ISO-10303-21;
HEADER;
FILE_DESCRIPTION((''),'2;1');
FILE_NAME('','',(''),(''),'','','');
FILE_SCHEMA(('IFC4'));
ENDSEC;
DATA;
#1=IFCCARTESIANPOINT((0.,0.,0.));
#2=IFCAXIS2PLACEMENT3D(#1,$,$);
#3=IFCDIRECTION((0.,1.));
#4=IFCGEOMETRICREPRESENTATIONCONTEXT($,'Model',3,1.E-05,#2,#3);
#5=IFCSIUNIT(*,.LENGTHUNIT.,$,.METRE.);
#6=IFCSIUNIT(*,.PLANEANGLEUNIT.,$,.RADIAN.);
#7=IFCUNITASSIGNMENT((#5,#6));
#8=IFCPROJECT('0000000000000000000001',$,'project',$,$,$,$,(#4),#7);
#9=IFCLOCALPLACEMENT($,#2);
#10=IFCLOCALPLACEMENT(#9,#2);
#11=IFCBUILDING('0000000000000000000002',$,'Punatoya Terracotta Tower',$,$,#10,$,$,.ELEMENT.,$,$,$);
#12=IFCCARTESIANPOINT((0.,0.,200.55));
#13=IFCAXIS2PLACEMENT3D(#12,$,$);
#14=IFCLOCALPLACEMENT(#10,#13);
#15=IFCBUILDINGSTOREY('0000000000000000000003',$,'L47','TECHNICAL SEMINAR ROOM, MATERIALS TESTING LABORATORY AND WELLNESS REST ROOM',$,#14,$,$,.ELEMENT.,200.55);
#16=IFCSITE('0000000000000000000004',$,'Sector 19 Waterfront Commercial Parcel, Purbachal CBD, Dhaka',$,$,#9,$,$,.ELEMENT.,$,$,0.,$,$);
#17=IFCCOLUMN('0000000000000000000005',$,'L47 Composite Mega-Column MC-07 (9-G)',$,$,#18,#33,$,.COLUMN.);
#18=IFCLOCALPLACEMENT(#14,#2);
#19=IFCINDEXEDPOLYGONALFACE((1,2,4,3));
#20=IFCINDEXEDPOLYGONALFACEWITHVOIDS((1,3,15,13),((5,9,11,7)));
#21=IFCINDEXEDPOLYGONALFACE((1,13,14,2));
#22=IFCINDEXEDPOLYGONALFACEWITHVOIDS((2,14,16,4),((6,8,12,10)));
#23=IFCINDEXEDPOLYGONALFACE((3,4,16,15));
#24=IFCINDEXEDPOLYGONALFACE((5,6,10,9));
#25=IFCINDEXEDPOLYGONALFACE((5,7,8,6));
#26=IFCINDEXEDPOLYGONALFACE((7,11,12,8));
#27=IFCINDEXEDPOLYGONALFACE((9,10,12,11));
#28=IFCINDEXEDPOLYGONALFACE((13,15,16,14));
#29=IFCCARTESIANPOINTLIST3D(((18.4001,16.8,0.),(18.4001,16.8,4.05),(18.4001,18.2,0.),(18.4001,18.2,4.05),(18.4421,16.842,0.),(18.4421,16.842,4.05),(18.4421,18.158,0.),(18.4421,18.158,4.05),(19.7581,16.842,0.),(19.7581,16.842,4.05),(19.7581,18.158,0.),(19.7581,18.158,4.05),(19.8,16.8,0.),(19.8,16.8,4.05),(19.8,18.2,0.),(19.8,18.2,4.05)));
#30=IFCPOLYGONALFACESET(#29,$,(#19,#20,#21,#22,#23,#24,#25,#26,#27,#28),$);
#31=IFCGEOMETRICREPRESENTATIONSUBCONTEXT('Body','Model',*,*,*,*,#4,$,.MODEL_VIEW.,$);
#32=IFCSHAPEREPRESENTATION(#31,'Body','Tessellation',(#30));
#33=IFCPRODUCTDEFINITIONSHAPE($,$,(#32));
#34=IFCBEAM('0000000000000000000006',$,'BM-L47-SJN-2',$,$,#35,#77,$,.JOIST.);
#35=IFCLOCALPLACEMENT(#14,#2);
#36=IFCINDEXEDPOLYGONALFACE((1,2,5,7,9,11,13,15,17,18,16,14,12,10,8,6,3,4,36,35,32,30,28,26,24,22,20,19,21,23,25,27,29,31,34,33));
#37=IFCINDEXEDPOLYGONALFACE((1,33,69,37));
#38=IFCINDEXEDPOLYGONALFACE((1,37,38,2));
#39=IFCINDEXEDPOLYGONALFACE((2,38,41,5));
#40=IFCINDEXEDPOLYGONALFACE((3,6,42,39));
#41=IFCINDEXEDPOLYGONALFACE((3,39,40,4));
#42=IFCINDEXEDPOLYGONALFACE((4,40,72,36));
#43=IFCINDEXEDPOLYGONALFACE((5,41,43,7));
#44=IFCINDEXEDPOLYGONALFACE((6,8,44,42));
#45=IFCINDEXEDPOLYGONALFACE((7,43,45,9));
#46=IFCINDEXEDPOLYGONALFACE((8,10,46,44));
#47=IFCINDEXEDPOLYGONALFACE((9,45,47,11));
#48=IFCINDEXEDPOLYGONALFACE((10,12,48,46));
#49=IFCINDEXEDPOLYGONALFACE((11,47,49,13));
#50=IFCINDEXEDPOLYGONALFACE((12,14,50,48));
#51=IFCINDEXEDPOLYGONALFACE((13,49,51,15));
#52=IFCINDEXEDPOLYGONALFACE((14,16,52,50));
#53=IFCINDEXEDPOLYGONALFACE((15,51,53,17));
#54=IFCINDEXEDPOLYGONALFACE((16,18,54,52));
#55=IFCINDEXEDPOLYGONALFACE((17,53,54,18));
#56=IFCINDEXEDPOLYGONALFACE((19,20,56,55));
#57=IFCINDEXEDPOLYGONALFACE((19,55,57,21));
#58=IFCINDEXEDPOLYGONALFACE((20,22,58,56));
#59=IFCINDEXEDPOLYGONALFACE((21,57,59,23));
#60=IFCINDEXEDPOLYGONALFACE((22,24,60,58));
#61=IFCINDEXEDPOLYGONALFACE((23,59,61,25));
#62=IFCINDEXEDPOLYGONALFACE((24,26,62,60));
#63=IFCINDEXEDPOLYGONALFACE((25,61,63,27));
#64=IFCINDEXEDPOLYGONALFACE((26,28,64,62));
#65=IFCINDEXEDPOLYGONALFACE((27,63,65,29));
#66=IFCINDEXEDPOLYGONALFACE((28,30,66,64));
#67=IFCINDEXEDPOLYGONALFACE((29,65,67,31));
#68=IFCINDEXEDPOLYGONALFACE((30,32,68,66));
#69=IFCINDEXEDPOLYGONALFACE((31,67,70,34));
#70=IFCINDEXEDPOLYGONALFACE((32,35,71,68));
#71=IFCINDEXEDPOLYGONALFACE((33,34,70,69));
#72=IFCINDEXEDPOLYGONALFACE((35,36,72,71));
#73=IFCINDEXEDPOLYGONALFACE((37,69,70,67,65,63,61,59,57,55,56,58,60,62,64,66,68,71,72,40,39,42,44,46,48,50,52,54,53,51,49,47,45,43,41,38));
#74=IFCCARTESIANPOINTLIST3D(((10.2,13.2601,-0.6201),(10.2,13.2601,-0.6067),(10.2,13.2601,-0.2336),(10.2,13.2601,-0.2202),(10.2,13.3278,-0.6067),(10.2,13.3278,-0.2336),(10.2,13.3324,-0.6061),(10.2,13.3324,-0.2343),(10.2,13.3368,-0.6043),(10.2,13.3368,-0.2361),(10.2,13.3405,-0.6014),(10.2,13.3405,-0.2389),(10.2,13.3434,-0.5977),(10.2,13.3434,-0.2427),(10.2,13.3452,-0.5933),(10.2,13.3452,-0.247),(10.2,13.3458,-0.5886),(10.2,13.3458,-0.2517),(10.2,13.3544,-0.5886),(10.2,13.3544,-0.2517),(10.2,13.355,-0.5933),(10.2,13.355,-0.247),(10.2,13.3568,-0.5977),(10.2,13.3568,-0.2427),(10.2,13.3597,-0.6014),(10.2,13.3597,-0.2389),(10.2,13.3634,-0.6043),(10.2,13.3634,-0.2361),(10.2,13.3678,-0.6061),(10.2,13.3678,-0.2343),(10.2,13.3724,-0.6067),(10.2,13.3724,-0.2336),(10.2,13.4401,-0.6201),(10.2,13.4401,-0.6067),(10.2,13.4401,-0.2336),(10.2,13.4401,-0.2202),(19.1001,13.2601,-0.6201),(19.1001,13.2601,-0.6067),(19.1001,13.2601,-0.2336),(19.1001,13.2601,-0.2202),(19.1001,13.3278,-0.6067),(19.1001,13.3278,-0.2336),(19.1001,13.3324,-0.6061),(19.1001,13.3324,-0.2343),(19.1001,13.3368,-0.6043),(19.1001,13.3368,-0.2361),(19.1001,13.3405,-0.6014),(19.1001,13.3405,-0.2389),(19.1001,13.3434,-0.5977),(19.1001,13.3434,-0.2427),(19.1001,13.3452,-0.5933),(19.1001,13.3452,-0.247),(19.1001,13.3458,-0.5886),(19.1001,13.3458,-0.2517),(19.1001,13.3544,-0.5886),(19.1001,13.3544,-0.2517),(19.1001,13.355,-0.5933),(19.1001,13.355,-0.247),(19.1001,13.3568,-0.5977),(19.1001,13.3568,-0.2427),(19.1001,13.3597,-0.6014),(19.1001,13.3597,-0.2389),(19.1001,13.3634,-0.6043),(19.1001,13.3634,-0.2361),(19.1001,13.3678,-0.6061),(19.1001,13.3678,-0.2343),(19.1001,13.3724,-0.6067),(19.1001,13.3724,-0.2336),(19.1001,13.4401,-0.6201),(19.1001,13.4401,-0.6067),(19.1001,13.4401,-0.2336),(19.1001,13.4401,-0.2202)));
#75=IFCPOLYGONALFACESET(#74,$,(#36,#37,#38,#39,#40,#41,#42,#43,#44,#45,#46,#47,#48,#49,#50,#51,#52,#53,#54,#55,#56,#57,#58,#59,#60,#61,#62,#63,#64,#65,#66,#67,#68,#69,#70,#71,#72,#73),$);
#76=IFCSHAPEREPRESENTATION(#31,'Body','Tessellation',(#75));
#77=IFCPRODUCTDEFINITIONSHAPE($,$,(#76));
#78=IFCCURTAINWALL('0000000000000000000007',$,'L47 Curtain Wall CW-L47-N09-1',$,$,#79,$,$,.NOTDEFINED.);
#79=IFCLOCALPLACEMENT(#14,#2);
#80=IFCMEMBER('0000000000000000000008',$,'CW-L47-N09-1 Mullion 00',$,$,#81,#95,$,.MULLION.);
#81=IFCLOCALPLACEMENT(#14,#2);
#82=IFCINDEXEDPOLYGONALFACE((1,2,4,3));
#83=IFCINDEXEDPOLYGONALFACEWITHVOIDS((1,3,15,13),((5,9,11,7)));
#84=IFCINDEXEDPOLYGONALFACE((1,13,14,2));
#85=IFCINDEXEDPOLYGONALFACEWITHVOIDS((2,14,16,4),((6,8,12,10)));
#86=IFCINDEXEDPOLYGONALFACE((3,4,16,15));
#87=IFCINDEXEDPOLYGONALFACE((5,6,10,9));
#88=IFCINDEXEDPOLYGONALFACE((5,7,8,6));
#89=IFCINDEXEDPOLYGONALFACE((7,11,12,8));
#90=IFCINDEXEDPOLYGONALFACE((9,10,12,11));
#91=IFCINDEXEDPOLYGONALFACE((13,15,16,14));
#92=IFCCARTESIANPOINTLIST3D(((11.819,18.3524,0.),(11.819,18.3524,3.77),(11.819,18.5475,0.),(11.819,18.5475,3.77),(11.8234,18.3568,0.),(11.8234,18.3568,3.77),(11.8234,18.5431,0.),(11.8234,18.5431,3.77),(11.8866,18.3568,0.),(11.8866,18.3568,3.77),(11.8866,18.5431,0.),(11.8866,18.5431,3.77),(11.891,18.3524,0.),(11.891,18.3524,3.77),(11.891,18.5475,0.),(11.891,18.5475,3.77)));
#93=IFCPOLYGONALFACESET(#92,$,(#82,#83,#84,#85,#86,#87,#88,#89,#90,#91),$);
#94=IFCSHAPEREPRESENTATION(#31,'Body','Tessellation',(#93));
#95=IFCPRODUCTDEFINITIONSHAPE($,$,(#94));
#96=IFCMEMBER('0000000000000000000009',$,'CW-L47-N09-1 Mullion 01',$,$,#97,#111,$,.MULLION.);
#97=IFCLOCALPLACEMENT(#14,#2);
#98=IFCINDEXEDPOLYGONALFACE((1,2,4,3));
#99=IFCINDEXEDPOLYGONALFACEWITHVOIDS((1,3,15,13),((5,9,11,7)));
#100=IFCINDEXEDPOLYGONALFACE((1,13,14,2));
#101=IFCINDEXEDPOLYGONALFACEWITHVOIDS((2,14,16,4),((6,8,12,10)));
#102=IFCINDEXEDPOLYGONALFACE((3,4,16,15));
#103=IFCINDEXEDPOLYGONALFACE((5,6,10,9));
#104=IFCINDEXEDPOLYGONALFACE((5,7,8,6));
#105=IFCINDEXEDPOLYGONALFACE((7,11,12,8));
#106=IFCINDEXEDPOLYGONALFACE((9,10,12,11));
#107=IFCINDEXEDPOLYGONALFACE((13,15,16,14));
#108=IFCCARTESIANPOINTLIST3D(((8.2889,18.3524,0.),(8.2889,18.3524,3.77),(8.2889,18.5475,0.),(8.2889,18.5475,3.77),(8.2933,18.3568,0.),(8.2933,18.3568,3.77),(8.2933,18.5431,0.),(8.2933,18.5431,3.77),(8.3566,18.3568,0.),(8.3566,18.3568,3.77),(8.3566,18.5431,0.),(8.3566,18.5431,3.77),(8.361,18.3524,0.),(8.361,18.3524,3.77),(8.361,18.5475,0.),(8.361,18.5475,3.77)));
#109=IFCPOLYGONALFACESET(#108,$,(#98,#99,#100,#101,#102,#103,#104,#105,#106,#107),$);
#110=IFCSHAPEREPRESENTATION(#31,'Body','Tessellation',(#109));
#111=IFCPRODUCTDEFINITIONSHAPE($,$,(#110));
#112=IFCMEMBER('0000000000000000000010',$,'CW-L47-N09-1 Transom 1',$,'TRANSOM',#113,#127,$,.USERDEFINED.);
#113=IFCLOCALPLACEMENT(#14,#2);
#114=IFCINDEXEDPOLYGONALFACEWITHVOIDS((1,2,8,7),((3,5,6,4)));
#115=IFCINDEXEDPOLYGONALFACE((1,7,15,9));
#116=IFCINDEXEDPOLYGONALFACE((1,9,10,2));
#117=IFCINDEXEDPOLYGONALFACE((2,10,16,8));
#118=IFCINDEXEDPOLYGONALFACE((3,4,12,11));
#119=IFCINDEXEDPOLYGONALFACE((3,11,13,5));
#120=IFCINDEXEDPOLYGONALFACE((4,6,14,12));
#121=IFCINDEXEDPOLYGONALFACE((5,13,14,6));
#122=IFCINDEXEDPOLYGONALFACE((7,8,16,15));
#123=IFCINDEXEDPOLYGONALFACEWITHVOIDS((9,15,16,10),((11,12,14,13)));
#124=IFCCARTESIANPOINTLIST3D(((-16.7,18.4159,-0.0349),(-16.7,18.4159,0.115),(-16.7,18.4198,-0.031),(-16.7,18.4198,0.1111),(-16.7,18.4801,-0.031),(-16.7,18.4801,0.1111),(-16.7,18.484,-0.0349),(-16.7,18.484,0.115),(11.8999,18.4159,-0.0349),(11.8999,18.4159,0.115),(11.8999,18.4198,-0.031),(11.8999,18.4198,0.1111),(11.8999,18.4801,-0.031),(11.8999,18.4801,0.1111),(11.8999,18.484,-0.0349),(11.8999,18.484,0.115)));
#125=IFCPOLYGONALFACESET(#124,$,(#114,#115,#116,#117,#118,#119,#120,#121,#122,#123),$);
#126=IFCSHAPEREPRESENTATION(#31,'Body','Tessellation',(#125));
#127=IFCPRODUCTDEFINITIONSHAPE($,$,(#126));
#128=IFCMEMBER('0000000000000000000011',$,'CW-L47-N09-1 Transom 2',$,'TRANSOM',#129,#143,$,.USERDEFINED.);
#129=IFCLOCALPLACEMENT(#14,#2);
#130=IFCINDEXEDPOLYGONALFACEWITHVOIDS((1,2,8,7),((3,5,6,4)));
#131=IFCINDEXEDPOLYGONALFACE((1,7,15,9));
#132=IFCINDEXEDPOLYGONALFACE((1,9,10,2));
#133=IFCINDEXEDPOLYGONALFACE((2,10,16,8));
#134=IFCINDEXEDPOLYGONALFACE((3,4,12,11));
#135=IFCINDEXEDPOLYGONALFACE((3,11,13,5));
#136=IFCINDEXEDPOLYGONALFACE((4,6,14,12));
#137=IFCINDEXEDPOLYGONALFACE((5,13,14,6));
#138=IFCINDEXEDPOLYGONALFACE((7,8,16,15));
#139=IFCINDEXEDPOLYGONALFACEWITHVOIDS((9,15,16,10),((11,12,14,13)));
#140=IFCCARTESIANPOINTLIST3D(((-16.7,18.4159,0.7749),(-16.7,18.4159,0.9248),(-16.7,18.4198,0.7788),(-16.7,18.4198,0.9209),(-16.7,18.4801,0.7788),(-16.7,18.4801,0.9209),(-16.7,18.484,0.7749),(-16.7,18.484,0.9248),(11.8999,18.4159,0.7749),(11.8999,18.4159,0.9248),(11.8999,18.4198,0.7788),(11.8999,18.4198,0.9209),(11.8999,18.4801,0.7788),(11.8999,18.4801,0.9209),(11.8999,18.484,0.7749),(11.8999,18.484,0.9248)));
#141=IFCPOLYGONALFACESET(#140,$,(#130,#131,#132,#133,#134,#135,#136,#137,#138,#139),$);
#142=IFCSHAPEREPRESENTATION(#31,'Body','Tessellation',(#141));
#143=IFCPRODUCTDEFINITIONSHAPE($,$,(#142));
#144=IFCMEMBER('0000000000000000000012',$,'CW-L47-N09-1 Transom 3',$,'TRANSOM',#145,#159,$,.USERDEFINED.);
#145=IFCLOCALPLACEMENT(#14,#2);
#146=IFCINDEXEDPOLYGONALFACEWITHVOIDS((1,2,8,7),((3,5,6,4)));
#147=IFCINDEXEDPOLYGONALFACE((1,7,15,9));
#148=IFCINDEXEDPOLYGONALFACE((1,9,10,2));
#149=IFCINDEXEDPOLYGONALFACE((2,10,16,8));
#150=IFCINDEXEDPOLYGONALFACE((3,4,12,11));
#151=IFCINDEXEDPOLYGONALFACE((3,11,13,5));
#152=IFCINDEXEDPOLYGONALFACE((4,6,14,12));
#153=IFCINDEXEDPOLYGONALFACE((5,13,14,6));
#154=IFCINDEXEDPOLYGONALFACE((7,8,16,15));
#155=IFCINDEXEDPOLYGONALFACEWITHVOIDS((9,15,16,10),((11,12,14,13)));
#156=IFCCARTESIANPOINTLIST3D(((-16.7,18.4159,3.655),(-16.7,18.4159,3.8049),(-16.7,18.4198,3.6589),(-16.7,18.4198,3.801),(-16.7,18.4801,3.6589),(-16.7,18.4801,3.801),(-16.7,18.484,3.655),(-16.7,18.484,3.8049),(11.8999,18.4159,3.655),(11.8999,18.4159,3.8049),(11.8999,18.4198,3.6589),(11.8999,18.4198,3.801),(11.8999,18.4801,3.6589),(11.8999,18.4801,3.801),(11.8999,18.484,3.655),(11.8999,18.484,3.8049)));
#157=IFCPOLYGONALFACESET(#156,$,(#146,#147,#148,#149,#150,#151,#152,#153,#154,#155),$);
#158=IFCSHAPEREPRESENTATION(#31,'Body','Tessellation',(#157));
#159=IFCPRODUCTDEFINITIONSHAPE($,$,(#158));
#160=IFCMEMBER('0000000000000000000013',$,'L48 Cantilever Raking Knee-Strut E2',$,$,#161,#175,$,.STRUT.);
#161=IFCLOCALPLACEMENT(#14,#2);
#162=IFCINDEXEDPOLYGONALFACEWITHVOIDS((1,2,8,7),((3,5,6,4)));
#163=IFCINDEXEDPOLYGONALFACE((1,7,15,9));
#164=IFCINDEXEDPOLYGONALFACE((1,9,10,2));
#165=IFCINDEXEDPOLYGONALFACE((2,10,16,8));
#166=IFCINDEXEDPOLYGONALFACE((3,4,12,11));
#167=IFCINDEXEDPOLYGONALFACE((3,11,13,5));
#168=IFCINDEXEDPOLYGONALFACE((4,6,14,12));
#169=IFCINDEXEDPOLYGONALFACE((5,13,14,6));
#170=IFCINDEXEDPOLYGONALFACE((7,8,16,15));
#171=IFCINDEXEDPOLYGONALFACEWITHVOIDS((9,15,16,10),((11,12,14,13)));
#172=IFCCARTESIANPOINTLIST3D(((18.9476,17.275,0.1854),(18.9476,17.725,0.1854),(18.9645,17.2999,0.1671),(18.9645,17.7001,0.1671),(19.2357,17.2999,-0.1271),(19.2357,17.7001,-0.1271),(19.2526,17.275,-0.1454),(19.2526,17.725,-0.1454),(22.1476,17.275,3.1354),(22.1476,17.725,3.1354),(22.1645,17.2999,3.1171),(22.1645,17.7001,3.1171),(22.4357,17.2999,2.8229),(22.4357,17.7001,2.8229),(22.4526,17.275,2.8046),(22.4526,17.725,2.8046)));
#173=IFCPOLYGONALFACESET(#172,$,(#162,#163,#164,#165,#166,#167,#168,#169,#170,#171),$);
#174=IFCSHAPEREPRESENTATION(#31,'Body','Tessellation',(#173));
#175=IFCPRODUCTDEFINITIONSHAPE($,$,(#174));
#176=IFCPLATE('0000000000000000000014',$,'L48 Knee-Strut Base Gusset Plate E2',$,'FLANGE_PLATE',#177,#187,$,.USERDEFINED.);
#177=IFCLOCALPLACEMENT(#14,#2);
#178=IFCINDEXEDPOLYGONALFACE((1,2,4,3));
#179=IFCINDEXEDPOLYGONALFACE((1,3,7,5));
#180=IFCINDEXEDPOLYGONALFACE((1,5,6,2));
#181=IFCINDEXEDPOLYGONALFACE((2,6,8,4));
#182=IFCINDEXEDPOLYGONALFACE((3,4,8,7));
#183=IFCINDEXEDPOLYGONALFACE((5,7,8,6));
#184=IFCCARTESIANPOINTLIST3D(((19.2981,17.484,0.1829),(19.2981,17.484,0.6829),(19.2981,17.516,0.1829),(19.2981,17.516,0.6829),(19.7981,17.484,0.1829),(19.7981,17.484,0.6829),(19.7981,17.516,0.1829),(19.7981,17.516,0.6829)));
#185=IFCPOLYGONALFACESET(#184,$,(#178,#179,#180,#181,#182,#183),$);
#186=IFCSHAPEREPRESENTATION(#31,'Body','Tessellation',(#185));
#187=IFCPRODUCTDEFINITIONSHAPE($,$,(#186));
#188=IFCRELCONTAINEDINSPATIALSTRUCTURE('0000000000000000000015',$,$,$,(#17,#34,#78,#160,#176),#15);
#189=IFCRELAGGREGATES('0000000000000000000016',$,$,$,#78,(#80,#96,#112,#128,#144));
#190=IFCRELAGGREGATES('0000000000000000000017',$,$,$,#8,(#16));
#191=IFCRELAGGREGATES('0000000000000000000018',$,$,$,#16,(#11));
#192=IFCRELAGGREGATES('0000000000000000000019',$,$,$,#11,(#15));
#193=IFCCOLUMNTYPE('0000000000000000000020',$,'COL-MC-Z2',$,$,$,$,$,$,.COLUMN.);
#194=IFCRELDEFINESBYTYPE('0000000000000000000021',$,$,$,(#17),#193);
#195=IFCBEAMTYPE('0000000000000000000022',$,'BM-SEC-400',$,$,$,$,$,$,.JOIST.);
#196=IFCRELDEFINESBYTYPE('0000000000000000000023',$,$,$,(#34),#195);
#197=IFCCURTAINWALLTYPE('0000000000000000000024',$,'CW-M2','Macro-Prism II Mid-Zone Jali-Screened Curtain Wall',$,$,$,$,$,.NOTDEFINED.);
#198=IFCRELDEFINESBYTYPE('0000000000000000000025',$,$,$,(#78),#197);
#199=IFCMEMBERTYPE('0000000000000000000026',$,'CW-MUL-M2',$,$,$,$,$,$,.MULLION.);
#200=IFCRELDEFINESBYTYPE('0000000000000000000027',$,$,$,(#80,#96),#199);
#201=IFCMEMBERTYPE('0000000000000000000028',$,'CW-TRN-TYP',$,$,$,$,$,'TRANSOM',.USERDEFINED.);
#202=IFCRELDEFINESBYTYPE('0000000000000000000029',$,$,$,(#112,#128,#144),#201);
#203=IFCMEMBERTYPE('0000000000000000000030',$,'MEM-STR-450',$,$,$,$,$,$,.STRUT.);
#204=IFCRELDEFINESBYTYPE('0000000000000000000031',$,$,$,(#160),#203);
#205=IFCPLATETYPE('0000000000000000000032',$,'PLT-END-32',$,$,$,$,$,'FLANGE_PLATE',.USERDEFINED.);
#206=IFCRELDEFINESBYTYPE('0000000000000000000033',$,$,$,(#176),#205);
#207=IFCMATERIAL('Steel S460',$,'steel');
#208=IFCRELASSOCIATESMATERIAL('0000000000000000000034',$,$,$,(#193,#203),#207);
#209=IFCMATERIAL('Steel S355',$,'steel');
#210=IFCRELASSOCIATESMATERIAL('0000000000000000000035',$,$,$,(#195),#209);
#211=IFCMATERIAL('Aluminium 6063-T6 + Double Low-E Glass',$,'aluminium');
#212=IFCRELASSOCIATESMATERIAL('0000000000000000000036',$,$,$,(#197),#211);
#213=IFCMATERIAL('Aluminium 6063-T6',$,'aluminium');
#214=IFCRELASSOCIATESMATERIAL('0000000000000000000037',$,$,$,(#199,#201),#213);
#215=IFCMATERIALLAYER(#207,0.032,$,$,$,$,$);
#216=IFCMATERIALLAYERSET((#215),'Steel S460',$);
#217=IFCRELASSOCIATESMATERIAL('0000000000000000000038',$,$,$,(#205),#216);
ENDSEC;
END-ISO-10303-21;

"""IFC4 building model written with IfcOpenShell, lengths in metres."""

from ifc_helpers import new_model, si_unit, direction, frame, origin, origin_2d, place, context, subcontext, project, spatial, rectangle, hollow_rectangle, i_section, extrude, material, layer, layer_set, material_profile, profile_set, type_object, element, aggregate, save


model = new_model("IFC4")

# Units and contexts
model_context = context("Model", 3, precision=1e-05, world=origin(), true_north=direction((0.0, 1.0)))
body_context = subcontext(model_context, "Body", "Model", "MODEL_VIEW")
ifc_project = project(units=[si_unit("LENGTHUNIT", "METRE"), si_unit("PLANEANGLEUNIT", "RADIAN")], contexts=[model_context])

# Site, building, storey
site_placement = place(None, origin())
site = spatial("IfcSite", under=ifc_project, at=site_placement, Name="Sector 19 Waterfront Commercial Parcel, Purbachal CBD, Dhaka", CompositionType="ELEMENT", RefElevation=0.0)
building_placement = place(site_placement, origin())
building = spatial("IfcBuilding", under=site, at=building_placement, Name="Punatoya Terracotta Tower", CompositionType="ELEMENT")
storey_placement = place(building_placement, frame((0.0, 0.0, 200.55)))
storey = spatial("IfcBuildingStorey", under=building, at=storey_placement, Name="L47", Description="TECHNICAL SEMINAR ROOM, MATERIALS TESTING LABORATORY AND WELLNESS REST ROOM", CompositionType="ELEMENT", Elevation=200.55)

# Column
ifc_material_1 = material(Name="Steel S460", Category="steel")
ifc_material_profile_1 = material_profile(ifc_material_1, hollow_rectangle(XDim=1.3999, YDim=1.3999, WallThickness=0.042, at=origin_2d()))
ifc_profile_set_1 = profile_set([ifc_material_profile_1], Name="Steel S460")
column_type = type_object("IfcColumnType", Name="COL-MC-Z2", PredefinedType="COLUMN", material=ifc_profile_set_1)
column_placement = place(storey_placement, frame((19.1001, 17.5, 0.0), z_axis=(0.0, 0.0, 1.0), x_axis=(1.0, 0.0, 0.0)))
element("IfcColumn", 1, at=column_placement, inside=storey, type_object=column_type, Name="L47 Composite Mega-Column MC-07 (9-G)", PredefinedType="COLUMN", context=body_context, shape_type="SweptSolid", body=[
    extrude(hollow_rectangle(XDim=1.3999, YDim=1.3999, WallThickness=0.042, at=origin_2d()), origin(), (0.0, 0.0, 1.0), 4.05),
])

# Beam
ifc_material_2 = material(Name="Steel S355", Category="steel")
ifc_material_profile_2 = material_profile(ifc_material_2, i_section(OverallWidth=0.1799, OverallDepth=0.3999, WebThickness=0.0085, FlangeThickness=0.0134, FilletRadius=0.0181, at=origin_2d()))
ifc_profile_set_2 = profile_set([ifc_material_profile_2], Name="Steel S355")
beam_type = type_object("IfcBeamType", Name="BM-SEC-400", PredefinedType="JOIST", material=ifc_profile_set_2)
beam_placement = place(storey_placement, frame((10.2, 13.3501, -0.4202), z_axis=(1.0, 0.0, 0.0), x_axis=(0.0, 1.0, 0.0)))
element("IfcBeam", 2, at=beam_placement, inside=storey, type_object=beam_type, Name="BM-L47-SJN-2", PredefinedType="JOIST", context=body_context, shape_type="SweptSolid", body=[
    extrude(i_section(OverallWidth=0.1799, OverallDepth=0.3999, WebThickness=0.0085, FlangeThickness=0.0134, FilletRadius=0.0181, at=origin_2d()), origin(), (0.0, 0.0, 1.0), 8.9001),
])

# Curtain wall, members
ifc_material_3 = material(Name="Aluminium 6063-T6 + Double Low-E Glass", Category="aluminium")
curtain_wall_type = type_object("IfcCurtainWallType", Name="CW-M2", Description="Macro-Prism II Mid-Zone Jali-Screened Curtain Wall", PredefinedType="NOTDEFINED", material=ifc_material_3)
curtain_wall_placement = place(storey_placement, origin())
curtain_wall = element("IfcCurtainWall", 3, at=curtain_wall_placement, inside=storey, type_object=curtain_wall_type, Name="L47 Curtain Wall CW-L47-N09-1", PredefinedType="NOTDEFINED")
ifc_material_4 = material(Name="Aluminium 6063-T6", Category="aluminium")
ifc_material_profile_3 = material_profile(ifc_material_4, hollow_rectangle(XDim=0.072, YDim=0.1951, WallThickness=0.0044, at=origin_2d()))
ifc_profile_set_3 = profile_set([ifc_material_profile_3], Name="Aluminium 6063-T6")
member_type_1 = type_object("IfcMemberType", Name="CW-MUL-M2", PredefinedType="MULLION", material=ifc_profile_set_3)
member_1_placement = place(storey_placement, frame((11.855, 18.45, 0.0), z_axis=(0.0, 0.0, 1.0), x_axis=(1.0, 0.0, 0.0)))
member_1 = element("IfcMember", 4, at=member_1_placement, type_object=member_type_1, Name="CW-L47-N09-1 Mullion 00", PredefinedType="MULLION", context=body_context, shape_type="SweptSolid", body=[
    extrude(hollow_rectangle(XDim=0.072, YDim=0.1951, WallThickness=0.0044, at=origin_2d()), origin(), (0.0, 0.0, 1.0), 3.77),
])
member_2_placement = place(storey_placement, frame((8.325, 18.45, 0.0), z_axis=(0.0, 0.0, 1.0), x_axis=(1.0, 0.0, 0.0)))
member_2 = element("IfcMember", 5, at=member_2_placement, type_object=member_type_1, Name="CW-L47-N09-1 Mullion 01", PredefinedType="MULLION", context=body_context, shape_type="SweptSolid", body=[
    extrude(hollow_rectangle(XDim=0.072, YDim=0.1951, WallThickness=0.0044, at=origin_2d()), origin(), (0.0, 0.0, 1.0), 3.77),
])
ifc_material_profile_4 = material_profile(ifc_material_4, hollow_rectangle(XDim=0.0681, YDim=0.1499, WallThickness=0.0039, at=origin_2d()))
ifc_profile_set_4 = profile_set([ifc_material_profile_4], Name="Aluminium 6063-T6")
member_type_2 = type_object("IfcMemberType", Name="CW-TRN-TYP", ElementType="TRANSOM", PredefinedType="USERDEFINED", material=ifc_profile_set_4)
member_3_placement = place(storey_placement, frame((11.8999, 18.45, 0.04), z_axis=(-1.0, 0.0, 0.0), x_axis=(0.0, -1.0, 0.0)))
member_3 = element("IfcMember", 6, at=member_3_placement, type_object=member_type_2, Name="CW-L47-N09-1 Transom 1", ObjectType="TRANSOM", PredefinedType="USERDEFINED", context=body_context, shape_type="SweptSolid", body=[
    extrude(hollow_rectangle(XDim=0.0681, YDim=0.1499, WallThickness=0.0039, at=origin_2d()), origin(), (0.0, 0.0, 1.0), 28.5999),
])
member_4_placement = place(storey_placement, frame((11.8999, 18.45, 0.8499), z_axis=(-1.0, 0.0, 0.0), x_axis=(0.0, -1.0, 0.0)))
member_4 = element("IfcMember", 7, at=member_4_placement, type_object=member_type_2, Name="CW-L47-N09-1 Transom 2", ObjectType="TRANSOM", PredefinedType="USERDEFINED", context=body_context, shape_type="SweptSolid", body=[
    extrude(hollow_rectangle(XDim=0.0681, YDim=0.1499, WallThickness=0.0039, at=origin_2d()), origin(), (0.0, 0.0, 1.0), 28.5999),
])
member_5_placement = place(storey_placement, frame((11.8999, 18.45, 3.73), z_axis=(-1.0, 0.0, 0.0), x_axis=(0.0, -1.0, 0.0)))
member_5 = element("IfcMember", 8, at=member_5_placement, type_object=member_type_2, Name="CW-L47-N09-1 Transom 3", ObjectType="TRANSOM", PredefinedType="USERDEFINED", context=body_context, shape_type="SweptSolid", body=[
    extrude(hollow_rectangle(XDim=0.0681, YDim=0.1499, WallThickness=0.0039, at=origin_2d()), origin(), (0.0, 0.0, 1.0), 28.5999),
])

# Member
ifc_material_profile_5 = material_profile(ifc_material_1, hollow_rectangle(XDim=0.45, YDim=0.45, WallThickness=0.0249, at=origin_2d()))
ifc_profile_set_5 = profile_set([ifc_material_profile_5], Name="Steel S460")
member_type_3 = type_object("IfcMemberType", Name="MEM-STR-450", PredefinedType="STRUT", material=ifc_profile_set_5)
member_6_placement = place(storey_placement, frame((19.1001, 17.5, 0.02), z_axis=(0.735244, 0.0, 0.677802), x_axis=(0.0, 1.0, 0.0)))
element("IfcMember", 9, at=member_6_placement, inside=storey, type_object=member_type_3, Name="L48 Cantilever Raking Knee-Strut E2", PredefinedType="STRUT", context=body_context, shape_type="SweptSolid", body=[
    extrude(hollow_rectangle(XDim=0.45, YDim=0.45, WallThickness=0.0249, at=origin_2d()), origin(), (0.0, 0.0, 1.0), 4.3523),
])

# Plate
ifc_layer_1 = layer(ifc_material_1, 0.032)
ifc_layer_set_1 = layer_set([ifc_layer_1], Name="Steel S460")
plate_type_1 = type_object("IfcPlateType", Name="PLT-END-32", ElementType="FLANGE_PLATE", PredefinedType="USERDEFINED", material=ifc_layer_set_1)
plate_1_placement = place(storey_placement, frame((19.5481, 17.5, 0.1829), z_axis=(0.0, 0.0, 1.0), x_axis=(1.0, 0.0, 0.0)))
element("IfcPlate", 10, at=plate_1_placement, inside=storey, type_object=plate_type_1, Name="L48 Knee-Strut Base Gusset Plate E2", ObjectType="FLANGE_PLATE", PredefinedType="USERDEFINED", context=body_context, shape_type="SweptSolid", body=[
    extrude(rectangle(XDim=0.5, YDim=0.032, at=origin_2d()), origin(), (0.0, 0.0, 1.0), 0.5),
])
aggregate(curtain_wall, [member_1, member_2, member_3, member_4, member_5])

save(model, "model.ifc")
